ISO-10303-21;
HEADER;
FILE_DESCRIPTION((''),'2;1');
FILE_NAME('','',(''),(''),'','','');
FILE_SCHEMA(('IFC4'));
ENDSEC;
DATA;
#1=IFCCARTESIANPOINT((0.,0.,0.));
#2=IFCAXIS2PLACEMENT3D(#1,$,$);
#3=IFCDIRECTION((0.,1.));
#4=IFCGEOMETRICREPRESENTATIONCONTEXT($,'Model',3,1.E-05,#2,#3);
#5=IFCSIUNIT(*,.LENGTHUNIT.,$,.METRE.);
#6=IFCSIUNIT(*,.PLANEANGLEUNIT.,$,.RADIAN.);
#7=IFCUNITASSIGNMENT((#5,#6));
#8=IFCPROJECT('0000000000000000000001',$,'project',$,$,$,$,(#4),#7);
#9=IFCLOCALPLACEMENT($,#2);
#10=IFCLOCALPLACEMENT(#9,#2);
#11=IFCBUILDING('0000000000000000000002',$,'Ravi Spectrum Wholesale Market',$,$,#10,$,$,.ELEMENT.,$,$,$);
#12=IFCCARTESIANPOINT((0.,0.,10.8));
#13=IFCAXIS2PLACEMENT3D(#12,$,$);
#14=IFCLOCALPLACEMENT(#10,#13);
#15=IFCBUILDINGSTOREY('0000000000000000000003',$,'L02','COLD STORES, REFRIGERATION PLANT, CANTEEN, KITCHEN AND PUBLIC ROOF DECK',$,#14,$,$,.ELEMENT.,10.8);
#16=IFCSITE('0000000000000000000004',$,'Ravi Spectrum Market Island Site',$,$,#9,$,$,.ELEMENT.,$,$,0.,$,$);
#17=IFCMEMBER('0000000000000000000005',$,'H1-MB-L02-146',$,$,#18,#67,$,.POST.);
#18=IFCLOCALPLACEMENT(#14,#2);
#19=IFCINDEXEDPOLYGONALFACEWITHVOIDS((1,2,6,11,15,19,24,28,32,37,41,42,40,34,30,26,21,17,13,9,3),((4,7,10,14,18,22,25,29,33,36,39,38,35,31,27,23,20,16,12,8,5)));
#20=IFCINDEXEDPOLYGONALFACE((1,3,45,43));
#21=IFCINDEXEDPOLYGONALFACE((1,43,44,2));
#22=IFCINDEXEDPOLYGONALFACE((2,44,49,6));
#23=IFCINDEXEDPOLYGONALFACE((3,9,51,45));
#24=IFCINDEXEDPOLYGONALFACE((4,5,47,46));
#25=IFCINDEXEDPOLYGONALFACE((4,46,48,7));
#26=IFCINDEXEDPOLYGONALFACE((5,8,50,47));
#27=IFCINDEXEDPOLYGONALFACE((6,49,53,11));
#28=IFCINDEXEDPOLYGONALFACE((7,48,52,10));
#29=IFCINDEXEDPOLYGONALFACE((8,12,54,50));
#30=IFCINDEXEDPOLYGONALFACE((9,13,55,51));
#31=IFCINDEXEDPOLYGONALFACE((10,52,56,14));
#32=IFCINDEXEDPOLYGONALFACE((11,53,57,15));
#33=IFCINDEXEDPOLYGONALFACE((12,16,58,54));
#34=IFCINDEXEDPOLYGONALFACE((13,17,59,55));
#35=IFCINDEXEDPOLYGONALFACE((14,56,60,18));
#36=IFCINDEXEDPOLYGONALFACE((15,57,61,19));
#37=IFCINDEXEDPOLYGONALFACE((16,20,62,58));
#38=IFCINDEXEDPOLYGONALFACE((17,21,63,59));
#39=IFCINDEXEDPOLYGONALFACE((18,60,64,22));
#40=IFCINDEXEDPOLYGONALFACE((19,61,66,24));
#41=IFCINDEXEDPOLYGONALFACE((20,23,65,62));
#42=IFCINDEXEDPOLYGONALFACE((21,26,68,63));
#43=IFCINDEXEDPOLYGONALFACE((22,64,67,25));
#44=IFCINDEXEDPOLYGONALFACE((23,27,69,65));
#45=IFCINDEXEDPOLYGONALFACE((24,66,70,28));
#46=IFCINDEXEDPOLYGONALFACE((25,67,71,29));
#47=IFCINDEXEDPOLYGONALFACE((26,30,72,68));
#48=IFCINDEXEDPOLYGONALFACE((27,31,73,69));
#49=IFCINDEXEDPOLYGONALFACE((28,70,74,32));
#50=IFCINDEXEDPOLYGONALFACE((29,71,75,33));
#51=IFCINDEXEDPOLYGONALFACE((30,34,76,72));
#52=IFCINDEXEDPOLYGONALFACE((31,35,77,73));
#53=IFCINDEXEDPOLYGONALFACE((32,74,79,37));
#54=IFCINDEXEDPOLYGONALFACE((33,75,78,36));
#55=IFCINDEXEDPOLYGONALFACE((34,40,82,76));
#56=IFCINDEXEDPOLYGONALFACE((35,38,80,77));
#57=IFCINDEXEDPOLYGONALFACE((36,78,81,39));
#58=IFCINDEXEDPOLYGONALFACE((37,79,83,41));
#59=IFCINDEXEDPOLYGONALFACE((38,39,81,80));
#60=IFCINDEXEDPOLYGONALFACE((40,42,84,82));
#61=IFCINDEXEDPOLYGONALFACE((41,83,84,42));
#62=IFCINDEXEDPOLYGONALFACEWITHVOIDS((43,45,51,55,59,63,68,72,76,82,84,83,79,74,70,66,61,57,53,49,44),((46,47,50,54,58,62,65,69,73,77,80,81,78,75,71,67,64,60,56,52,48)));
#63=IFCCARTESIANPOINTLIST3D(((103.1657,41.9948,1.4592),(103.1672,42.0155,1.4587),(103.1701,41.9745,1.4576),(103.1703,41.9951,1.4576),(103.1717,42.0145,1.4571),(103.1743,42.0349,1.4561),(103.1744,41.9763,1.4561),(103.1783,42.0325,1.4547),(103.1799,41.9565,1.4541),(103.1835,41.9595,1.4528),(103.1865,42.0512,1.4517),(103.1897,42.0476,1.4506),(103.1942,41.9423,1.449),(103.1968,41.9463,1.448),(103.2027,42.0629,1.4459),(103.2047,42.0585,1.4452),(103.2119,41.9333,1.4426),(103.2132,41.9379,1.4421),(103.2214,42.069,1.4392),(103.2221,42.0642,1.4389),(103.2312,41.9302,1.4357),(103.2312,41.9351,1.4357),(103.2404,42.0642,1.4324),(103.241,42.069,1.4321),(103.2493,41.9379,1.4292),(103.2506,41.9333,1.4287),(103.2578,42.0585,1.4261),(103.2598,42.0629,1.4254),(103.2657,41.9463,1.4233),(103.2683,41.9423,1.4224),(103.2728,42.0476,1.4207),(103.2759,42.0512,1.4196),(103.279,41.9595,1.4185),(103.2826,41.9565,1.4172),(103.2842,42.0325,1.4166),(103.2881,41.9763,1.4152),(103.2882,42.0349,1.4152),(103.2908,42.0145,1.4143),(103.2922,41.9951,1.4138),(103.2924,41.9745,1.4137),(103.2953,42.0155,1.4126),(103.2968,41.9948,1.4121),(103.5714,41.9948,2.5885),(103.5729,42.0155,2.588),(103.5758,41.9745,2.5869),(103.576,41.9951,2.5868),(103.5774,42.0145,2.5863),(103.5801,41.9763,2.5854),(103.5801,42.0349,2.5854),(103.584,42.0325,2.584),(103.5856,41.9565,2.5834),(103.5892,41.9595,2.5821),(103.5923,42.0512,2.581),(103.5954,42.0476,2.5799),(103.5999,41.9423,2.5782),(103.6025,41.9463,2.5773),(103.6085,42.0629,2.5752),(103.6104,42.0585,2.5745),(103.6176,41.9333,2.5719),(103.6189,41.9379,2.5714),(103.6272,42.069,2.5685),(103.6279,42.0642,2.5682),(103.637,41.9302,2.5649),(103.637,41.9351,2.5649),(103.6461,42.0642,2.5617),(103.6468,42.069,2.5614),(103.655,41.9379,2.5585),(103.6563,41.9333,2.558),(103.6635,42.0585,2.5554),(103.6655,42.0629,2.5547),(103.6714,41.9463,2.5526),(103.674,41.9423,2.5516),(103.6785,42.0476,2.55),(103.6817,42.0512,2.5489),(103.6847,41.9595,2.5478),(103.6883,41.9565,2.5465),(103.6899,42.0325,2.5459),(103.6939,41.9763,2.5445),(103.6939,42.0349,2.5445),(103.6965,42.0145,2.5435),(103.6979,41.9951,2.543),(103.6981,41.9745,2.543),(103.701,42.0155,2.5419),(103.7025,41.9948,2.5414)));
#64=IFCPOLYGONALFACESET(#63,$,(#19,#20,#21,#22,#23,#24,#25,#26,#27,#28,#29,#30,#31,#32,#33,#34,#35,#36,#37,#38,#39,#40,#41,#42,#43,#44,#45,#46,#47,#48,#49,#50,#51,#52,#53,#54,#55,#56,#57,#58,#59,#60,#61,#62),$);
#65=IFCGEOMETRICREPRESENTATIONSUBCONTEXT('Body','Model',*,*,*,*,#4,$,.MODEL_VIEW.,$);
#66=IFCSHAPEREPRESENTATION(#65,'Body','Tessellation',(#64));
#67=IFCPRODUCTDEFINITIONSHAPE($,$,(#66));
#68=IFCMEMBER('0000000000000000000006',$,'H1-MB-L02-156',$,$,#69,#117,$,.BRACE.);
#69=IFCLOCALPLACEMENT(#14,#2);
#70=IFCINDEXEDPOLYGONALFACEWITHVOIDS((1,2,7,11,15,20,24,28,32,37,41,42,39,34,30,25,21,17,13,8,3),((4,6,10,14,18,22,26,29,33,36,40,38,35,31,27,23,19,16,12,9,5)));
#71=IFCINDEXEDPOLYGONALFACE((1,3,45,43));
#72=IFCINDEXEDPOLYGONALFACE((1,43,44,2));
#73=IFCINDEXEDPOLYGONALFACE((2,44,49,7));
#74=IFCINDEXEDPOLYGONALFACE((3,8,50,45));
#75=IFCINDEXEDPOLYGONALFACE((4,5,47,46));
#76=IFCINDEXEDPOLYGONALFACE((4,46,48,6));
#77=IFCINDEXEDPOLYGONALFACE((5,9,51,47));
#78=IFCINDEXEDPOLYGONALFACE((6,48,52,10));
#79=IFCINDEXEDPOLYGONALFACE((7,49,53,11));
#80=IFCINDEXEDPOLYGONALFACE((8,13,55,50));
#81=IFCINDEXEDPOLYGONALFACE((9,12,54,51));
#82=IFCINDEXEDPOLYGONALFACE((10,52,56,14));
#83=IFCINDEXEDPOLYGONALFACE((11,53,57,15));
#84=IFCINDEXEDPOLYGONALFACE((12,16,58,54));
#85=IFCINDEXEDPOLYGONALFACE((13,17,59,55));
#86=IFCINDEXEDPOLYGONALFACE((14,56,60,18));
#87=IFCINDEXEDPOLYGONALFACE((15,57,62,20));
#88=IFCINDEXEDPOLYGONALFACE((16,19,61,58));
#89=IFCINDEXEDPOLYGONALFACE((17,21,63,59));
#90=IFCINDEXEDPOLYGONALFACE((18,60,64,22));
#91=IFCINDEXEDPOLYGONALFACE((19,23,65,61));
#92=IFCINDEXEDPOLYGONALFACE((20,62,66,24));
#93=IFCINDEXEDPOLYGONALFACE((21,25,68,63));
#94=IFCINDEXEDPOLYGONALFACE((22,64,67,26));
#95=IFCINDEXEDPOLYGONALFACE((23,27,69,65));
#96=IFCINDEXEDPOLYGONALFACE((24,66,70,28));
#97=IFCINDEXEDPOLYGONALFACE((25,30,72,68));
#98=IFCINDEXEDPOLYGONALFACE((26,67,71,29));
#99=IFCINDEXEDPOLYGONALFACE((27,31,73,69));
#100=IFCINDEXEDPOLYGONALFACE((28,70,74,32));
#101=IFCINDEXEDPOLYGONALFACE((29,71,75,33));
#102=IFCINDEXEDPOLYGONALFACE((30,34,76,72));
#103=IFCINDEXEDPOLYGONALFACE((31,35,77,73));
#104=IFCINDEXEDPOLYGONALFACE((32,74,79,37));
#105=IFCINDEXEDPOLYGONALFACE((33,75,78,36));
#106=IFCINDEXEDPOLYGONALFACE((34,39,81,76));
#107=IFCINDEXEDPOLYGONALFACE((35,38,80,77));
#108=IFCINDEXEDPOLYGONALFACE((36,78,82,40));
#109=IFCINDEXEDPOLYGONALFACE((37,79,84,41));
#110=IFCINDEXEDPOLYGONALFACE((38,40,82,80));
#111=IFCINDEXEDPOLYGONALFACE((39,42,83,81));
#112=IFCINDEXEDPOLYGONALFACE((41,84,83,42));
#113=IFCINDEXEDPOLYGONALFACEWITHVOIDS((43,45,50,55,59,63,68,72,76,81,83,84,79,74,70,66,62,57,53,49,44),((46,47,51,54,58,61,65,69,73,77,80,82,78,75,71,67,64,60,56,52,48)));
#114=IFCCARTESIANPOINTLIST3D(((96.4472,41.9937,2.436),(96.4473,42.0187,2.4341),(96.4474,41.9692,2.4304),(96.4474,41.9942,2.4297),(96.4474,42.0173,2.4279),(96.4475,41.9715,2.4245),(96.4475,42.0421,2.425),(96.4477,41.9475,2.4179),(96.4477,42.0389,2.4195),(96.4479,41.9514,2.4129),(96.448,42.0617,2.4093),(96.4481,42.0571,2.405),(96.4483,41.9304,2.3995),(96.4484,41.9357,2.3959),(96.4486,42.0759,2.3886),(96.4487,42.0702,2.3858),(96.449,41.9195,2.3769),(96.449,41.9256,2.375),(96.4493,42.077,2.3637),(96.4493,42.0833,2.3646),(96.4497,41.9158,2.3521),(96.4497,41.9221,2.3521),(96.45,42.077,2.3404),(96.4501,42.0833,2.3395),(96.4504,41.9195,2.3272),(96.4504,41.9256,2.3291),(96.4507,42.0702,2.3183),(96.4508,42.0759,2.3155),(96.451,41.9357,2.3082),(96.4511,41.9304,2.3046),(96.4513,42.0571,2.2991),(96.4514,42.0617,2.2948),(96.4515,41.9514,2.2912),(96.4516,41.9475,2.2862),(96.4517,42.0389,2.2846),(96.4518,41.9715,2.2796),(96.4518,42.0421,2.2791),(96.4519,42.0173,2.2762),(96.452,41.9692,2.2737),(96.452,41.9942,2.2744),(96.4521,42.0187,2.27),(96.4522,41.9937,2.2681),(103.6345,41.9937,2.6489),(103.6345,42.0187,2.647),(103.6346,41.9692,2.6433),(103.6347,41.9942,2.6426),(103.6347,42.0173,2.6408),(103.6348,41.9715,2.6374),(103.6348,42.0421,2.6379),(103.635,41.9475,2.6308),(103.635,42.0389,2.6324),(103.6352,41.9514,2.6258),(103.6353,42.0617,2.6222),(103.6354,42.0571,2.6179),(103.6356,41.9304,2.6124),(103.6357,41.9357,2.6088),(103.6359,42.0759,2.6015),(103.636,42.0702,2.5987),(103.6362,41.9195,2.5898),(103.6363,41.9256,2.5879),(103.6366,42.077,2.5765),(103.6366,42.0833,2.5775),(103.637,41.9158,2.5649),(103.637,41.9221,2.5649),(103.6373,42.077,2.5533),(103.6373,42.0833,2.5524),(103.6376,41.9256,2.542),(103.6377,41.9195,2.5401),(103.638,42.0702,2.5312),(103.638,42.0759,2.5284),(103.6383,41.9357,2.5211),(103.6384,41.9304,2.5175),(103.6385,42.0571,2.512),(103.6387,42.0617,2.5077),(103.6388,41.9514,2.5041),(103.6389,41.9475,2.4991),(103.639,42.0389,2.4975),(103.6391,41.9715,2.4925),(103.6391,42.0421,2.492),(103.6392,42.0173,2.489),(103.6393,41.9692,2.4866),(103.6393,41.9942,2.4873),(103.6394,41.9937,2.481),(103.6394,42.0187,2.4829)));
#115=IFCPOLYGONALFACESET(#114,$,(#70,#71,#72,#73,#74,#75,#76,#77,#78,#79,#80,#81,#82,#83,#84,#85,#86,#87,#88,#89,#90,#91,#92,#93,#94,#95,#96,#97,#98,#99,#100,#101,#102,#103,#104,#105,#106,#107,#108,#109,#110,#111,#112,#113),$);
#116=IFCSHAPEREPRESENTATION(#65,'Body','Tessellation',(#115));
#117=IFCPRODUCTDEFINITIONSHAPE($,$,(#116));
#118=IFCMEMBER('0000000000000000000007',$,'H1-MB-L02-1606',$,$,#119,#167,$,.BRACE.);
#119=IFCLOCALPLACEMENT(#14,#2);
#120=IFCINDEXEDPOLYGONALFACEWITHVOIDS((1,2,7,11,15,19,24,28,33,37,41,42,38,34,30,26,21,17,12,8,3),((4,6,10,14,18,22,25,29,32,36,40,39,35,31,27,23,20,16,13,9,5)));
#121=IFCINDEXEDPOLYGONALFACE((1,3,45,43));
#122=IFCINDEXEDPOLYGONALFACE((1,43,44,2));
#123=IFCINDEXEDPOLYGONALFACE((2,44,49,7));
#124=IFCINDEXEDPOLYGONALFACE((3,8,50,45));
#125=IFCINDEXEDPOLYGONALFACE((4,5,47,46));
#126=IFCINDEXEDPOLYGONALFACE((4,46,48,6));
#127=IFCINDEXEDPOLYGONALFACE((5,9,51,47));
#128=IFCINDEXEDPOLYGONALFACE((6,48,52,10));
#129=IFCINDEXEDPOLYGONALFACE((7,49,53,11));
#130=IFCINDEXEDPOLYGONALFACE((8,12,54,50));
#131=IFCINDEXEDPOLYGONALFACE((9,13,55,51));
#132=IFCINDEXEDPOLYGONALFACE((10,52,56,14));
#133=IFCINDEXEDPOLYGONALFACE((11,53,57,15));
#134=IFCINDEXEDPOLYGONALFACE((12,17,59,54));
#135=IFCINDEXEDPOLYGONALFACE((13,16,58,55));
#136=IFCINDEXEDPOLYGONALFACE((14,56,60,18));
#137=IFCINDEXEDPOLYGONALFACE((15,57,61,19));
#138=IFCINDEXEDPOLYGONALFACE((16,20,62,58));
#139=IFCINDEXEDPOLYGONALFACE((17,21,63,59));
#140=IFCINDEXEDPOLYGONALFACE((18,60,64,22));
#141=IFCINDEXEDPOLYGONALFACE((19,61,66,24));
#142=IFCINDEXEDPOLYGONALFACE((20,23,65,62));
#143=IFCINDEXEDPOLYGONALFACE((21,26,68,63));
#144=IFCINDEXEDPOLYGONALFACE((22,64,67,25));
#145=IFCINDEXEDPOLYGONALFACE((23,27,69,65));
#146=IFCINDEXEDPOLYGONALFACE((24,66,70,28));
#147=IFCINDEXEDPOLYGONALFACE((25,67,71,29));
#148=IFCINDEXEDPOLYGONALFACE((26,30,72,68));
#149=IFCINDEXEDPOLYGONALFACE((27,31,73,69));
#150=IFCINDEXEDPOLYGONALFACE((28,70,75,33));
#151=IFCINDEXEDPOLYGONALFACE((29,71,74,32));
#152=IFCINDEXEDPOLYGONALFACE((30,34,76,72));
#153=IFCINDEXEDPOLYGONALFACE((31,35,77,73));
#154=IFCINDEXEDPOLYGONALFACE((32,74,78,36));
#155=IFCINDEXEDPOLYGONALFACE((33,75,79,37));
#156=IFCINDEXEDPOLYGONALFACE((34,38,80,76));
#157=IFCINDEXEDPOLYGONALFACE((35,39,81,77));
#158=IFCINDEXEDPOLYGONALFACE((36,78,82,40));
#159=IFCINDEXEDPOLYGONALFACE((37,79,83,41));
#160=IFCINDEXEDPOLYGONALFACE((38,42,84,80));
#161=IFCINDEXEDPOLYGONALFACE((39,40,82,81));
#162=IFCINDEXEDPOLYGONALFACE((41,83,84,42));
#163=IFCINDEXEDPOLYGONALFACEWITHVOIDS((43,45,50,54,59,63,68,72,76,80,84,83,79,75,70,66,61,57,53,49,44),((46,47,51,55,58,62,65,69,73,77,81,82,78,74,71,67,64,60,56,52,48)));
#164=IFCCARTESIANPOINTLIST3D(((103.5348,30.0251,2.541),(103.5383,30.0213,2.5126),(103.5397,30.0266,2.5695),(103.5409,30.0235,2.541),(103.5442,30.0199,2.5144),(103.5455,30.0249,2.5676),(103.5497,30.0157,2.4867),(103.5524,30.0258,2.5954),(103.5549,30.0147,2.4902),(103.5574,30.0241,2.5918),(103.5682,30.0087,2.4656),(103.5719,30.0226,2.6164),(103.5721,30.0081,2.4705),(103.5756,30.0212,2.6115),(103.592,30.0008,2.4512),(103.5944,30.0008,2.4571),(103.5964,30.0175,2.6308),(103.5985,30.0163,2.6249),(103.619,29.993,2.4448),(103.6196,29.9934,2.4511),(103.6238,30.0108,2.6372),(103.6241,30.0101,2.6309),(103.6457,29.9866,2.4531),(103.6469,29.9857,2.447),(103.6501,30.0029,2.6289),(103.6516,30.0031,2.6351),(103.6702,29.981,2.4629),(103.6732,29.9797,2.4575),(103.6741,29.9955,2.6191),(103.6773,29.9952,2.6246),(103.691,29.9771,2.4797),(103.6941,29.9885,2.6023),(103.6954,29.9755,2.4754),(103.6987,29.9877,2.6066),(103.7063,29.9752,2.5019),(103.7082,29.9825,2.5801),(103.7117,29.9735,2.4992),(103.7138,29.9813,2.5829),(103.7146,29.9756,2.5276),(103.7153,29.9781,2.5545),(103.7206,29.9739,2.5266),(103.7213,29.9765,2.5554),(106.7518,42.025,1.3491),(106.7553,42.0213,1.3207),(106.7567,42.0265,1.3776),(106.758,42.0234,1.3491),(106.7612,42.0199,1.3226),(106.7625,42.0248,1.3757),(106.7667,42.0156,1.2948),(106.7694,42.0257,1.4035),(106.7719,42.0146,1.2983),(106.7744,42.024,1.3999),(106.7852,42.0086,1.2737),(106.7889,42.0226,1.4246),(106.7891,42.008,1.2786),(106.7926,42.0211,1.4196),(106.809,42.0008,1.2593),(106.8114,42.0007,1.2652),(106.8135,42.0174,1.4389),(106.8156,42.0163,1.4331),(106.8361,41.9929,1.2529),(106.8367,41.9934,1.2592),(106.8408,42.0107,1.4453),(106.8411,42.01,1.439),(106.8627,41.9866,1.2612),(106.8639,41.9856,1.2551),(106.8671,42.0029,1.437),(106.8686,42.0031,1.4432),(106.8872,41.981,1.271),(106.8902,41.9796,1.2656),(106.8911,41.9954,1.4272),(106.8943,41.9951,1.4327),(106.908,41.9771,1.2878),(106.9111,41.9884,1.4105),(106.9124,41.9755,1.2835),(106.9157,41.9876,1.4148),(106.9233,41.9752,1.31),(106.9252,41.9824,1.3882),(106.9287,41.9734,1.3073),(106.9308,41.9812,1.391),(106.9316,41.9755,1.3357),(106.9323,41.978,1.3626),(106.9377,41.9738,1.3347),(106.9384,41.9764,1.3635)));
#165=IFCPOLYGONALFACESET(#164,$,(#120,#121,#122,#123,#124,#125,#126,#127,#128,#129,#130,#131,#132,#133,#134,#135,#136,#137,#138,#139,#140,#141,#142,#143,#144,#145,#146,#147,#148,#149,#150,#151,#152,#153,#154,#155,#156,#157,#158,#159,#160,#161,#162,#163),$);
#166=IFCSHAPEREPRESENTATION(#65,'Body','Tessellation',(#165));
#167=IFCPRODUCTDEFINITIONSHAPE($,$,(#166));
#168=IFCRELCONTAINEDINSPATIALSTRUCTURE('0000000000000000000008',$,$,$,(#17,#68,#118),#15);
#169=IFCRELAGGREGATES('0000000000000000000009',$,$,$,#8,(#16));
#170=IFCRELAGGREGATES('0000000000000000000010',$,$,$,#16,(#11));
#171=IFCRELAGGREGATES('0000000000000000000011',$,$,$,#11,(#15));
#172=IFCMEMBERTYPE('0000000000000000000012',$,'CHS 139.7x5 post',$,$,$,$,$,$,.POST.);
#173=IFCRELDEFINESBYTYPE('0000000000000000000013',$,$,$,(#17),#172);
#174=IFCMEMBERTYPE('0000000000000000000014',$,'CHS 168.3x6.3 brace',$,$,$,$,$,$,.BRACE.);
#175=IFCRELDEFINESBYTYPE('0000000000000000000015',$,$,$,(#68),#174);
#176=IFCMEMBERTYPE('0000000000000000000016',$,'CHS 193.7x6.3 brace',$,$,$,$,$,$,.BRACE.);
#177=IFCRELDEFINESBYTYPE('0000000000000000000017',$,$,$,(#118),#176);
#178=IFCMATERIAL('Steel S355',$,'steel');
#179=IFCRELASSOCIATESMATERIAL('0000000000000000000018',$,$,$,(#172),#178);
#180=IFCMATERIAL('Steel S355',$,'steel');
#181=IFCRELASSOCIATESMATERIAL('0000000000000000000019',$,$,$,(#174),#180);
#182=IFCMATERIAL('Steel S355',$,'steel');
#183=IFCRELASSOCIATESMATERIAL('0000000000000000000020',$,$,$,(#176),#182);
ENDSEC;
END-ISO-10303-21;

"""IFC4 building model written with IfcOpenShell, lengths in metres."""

from ifc_helpers import new_model, si_unit, direction, frame, origin, origin_2d, place, context, subcontext, project, spatial, hollow_circle, extrude, material, material_profile, profile_set, type_object, element, save


model = new_model("IFC4")

# Units and contexts
model_context = context("Model", 3, precision=1e-05, world=origin(), true_north=direction((0.0, 1.0)))
body_context = subcontext(model_context, "Body", "Model", "MODEL_VIEW")
ifc_project = project(units=[si_unit("LENGTHUNIT", "METRE"), si_unit("PLANEANGLEUNIT", "RADIAN")], contexts=[model_context])

# Site, building, storey
site_placement = place(None, origin())
site = spatial("IfcSite", under=ifc_project, at=site_placement, Name="Ravi Spectrum Market Island Site", CompositionType="ELEMENT", RefElevation=0.0)
building_placement = place(site_placement, origin())
building = spatial("IfcBuilding", under=site, at=building_placement, Name="Ravi Spectrum Wholesale Market", CompositionType="ELEMENT")
storey_placement = place(building_placement, frame((0.0, 0.0, 10.8)))
storey = spatial("IfcBuildingStorey", under=building, at=storey_placement, Name="L02", Description="COLD STORES, REFRIGERATION PLANT, CANTEEN, KITCHEN AND PUBLIC ROOF DECK", CompositionType="ELEMENT", Elevation=10.8)

# Members
ifc_material_1 = material(Name="Steel S355", Category="steel")
ifc_material_profile_1 = material_profile(ifc_material_1, hollow_circle(Radius=0.0698, WallThickness=0.0049, at=origin_2d()))
ifc_profile_set_1 = profile_set([ifc_material_profile_1], Name="Steel S355")
member_type_1 = type_object("IfcMemberType", Name="CHS 139.7x5 post", PredefinedType="POST", material=ifc_profile_set_1)
member_1_placement = place(storey_placement, frame((103.637, 42.0, 2.5649), z_axis=(-0.338114, 0.0, -0.941105), x_axis=(0.0, -1.0, 0.0)))
element("IfcMember", 1, at=member_1_placement, inside=storey, type_object=member_type_1, Name="H1-MB-L02-146", PredefinedType="POST", context=body_context, shape_type="SweptSolid", body=[
    extrude(hollow_circle(Radius=0.0698, WallThickness=0.0049, at=origin_2d()), origin(), (0.0, 0.0, 1.0), 1.2),
])
ifc_material_2 = material(Name="Steel S355", Category="steel")
ifc_material_profile_2 = material_profile(ifc_material_2, hollow_circle(Radius=0.0842, WallThickness=0.0063, at=origin_2d()))
ifc_profile_set_2 = profile_set([ifc_material_profile_2], Name="Steel S355")
member_type_2 = type_object("IfcMemberType", Name="CHS 168.3x6.3 brace", PredefinedType="BRACE", material=ifc_profile_set_2)
member_2_placement = place(storey_placement, frame((103.637, 42.0, 2.5649), z_axis=(-0.999562, 0.0, -0.029608), x_axis=(0.0, -1.0, 0.0)))
element("IfcMember", 2, at=member_2_placement, inside=storey, type_object=member_type_2, Name="H1-MB-L02-156", PredefinedType="BRACE", context=body_context, shape_type="SweptSolid", body=[
    extrude(hollow_circle(Radius=0.0842, WallThickness=0.0063, at=origin_2d()), origin(), (0.0, 0.0, 1.0), 7.1904),
])
ifc_material_3 = material(Name="Steel S355", Category="steel")
ifc_material_profile_3 = material_profile(ifc_material_3, hollow_circle(Radius=0.0969, WallThickness=0.0063, at=origin_2d()))
ifc_profile_set_3 = profile_set([ifc_material_profile_3], Name="Steel S355")
member_type_3 = type_object("IfcMemberType", Name="CHS 193.7x6.3 brace", PredefinedType="BRACE", material=ifc_profile_set_3)
member_3_placement = place(storey_placement, frame((103.6284, 30.0, 2.541), z_axis=(0.25776, 0.961478, -0.095498), x_axis=(-0.965893, 0.258943, 0.0)))
element("IfcMember", 3, at=member_3_placement, inside=storey, type_object=member_type_3, Name="H1-MB-L02-1606", PredefinedType="BRACE", context=body_context, shape_type="SweptSolid", body=[
    extrude(hollow_circle(Radius=0.0969, WallThickness=0.0063, at=origin_2d()), origin(), (0.0, 0.0, 1.0), 12.4807),
])

save(model, "model.ifc")
